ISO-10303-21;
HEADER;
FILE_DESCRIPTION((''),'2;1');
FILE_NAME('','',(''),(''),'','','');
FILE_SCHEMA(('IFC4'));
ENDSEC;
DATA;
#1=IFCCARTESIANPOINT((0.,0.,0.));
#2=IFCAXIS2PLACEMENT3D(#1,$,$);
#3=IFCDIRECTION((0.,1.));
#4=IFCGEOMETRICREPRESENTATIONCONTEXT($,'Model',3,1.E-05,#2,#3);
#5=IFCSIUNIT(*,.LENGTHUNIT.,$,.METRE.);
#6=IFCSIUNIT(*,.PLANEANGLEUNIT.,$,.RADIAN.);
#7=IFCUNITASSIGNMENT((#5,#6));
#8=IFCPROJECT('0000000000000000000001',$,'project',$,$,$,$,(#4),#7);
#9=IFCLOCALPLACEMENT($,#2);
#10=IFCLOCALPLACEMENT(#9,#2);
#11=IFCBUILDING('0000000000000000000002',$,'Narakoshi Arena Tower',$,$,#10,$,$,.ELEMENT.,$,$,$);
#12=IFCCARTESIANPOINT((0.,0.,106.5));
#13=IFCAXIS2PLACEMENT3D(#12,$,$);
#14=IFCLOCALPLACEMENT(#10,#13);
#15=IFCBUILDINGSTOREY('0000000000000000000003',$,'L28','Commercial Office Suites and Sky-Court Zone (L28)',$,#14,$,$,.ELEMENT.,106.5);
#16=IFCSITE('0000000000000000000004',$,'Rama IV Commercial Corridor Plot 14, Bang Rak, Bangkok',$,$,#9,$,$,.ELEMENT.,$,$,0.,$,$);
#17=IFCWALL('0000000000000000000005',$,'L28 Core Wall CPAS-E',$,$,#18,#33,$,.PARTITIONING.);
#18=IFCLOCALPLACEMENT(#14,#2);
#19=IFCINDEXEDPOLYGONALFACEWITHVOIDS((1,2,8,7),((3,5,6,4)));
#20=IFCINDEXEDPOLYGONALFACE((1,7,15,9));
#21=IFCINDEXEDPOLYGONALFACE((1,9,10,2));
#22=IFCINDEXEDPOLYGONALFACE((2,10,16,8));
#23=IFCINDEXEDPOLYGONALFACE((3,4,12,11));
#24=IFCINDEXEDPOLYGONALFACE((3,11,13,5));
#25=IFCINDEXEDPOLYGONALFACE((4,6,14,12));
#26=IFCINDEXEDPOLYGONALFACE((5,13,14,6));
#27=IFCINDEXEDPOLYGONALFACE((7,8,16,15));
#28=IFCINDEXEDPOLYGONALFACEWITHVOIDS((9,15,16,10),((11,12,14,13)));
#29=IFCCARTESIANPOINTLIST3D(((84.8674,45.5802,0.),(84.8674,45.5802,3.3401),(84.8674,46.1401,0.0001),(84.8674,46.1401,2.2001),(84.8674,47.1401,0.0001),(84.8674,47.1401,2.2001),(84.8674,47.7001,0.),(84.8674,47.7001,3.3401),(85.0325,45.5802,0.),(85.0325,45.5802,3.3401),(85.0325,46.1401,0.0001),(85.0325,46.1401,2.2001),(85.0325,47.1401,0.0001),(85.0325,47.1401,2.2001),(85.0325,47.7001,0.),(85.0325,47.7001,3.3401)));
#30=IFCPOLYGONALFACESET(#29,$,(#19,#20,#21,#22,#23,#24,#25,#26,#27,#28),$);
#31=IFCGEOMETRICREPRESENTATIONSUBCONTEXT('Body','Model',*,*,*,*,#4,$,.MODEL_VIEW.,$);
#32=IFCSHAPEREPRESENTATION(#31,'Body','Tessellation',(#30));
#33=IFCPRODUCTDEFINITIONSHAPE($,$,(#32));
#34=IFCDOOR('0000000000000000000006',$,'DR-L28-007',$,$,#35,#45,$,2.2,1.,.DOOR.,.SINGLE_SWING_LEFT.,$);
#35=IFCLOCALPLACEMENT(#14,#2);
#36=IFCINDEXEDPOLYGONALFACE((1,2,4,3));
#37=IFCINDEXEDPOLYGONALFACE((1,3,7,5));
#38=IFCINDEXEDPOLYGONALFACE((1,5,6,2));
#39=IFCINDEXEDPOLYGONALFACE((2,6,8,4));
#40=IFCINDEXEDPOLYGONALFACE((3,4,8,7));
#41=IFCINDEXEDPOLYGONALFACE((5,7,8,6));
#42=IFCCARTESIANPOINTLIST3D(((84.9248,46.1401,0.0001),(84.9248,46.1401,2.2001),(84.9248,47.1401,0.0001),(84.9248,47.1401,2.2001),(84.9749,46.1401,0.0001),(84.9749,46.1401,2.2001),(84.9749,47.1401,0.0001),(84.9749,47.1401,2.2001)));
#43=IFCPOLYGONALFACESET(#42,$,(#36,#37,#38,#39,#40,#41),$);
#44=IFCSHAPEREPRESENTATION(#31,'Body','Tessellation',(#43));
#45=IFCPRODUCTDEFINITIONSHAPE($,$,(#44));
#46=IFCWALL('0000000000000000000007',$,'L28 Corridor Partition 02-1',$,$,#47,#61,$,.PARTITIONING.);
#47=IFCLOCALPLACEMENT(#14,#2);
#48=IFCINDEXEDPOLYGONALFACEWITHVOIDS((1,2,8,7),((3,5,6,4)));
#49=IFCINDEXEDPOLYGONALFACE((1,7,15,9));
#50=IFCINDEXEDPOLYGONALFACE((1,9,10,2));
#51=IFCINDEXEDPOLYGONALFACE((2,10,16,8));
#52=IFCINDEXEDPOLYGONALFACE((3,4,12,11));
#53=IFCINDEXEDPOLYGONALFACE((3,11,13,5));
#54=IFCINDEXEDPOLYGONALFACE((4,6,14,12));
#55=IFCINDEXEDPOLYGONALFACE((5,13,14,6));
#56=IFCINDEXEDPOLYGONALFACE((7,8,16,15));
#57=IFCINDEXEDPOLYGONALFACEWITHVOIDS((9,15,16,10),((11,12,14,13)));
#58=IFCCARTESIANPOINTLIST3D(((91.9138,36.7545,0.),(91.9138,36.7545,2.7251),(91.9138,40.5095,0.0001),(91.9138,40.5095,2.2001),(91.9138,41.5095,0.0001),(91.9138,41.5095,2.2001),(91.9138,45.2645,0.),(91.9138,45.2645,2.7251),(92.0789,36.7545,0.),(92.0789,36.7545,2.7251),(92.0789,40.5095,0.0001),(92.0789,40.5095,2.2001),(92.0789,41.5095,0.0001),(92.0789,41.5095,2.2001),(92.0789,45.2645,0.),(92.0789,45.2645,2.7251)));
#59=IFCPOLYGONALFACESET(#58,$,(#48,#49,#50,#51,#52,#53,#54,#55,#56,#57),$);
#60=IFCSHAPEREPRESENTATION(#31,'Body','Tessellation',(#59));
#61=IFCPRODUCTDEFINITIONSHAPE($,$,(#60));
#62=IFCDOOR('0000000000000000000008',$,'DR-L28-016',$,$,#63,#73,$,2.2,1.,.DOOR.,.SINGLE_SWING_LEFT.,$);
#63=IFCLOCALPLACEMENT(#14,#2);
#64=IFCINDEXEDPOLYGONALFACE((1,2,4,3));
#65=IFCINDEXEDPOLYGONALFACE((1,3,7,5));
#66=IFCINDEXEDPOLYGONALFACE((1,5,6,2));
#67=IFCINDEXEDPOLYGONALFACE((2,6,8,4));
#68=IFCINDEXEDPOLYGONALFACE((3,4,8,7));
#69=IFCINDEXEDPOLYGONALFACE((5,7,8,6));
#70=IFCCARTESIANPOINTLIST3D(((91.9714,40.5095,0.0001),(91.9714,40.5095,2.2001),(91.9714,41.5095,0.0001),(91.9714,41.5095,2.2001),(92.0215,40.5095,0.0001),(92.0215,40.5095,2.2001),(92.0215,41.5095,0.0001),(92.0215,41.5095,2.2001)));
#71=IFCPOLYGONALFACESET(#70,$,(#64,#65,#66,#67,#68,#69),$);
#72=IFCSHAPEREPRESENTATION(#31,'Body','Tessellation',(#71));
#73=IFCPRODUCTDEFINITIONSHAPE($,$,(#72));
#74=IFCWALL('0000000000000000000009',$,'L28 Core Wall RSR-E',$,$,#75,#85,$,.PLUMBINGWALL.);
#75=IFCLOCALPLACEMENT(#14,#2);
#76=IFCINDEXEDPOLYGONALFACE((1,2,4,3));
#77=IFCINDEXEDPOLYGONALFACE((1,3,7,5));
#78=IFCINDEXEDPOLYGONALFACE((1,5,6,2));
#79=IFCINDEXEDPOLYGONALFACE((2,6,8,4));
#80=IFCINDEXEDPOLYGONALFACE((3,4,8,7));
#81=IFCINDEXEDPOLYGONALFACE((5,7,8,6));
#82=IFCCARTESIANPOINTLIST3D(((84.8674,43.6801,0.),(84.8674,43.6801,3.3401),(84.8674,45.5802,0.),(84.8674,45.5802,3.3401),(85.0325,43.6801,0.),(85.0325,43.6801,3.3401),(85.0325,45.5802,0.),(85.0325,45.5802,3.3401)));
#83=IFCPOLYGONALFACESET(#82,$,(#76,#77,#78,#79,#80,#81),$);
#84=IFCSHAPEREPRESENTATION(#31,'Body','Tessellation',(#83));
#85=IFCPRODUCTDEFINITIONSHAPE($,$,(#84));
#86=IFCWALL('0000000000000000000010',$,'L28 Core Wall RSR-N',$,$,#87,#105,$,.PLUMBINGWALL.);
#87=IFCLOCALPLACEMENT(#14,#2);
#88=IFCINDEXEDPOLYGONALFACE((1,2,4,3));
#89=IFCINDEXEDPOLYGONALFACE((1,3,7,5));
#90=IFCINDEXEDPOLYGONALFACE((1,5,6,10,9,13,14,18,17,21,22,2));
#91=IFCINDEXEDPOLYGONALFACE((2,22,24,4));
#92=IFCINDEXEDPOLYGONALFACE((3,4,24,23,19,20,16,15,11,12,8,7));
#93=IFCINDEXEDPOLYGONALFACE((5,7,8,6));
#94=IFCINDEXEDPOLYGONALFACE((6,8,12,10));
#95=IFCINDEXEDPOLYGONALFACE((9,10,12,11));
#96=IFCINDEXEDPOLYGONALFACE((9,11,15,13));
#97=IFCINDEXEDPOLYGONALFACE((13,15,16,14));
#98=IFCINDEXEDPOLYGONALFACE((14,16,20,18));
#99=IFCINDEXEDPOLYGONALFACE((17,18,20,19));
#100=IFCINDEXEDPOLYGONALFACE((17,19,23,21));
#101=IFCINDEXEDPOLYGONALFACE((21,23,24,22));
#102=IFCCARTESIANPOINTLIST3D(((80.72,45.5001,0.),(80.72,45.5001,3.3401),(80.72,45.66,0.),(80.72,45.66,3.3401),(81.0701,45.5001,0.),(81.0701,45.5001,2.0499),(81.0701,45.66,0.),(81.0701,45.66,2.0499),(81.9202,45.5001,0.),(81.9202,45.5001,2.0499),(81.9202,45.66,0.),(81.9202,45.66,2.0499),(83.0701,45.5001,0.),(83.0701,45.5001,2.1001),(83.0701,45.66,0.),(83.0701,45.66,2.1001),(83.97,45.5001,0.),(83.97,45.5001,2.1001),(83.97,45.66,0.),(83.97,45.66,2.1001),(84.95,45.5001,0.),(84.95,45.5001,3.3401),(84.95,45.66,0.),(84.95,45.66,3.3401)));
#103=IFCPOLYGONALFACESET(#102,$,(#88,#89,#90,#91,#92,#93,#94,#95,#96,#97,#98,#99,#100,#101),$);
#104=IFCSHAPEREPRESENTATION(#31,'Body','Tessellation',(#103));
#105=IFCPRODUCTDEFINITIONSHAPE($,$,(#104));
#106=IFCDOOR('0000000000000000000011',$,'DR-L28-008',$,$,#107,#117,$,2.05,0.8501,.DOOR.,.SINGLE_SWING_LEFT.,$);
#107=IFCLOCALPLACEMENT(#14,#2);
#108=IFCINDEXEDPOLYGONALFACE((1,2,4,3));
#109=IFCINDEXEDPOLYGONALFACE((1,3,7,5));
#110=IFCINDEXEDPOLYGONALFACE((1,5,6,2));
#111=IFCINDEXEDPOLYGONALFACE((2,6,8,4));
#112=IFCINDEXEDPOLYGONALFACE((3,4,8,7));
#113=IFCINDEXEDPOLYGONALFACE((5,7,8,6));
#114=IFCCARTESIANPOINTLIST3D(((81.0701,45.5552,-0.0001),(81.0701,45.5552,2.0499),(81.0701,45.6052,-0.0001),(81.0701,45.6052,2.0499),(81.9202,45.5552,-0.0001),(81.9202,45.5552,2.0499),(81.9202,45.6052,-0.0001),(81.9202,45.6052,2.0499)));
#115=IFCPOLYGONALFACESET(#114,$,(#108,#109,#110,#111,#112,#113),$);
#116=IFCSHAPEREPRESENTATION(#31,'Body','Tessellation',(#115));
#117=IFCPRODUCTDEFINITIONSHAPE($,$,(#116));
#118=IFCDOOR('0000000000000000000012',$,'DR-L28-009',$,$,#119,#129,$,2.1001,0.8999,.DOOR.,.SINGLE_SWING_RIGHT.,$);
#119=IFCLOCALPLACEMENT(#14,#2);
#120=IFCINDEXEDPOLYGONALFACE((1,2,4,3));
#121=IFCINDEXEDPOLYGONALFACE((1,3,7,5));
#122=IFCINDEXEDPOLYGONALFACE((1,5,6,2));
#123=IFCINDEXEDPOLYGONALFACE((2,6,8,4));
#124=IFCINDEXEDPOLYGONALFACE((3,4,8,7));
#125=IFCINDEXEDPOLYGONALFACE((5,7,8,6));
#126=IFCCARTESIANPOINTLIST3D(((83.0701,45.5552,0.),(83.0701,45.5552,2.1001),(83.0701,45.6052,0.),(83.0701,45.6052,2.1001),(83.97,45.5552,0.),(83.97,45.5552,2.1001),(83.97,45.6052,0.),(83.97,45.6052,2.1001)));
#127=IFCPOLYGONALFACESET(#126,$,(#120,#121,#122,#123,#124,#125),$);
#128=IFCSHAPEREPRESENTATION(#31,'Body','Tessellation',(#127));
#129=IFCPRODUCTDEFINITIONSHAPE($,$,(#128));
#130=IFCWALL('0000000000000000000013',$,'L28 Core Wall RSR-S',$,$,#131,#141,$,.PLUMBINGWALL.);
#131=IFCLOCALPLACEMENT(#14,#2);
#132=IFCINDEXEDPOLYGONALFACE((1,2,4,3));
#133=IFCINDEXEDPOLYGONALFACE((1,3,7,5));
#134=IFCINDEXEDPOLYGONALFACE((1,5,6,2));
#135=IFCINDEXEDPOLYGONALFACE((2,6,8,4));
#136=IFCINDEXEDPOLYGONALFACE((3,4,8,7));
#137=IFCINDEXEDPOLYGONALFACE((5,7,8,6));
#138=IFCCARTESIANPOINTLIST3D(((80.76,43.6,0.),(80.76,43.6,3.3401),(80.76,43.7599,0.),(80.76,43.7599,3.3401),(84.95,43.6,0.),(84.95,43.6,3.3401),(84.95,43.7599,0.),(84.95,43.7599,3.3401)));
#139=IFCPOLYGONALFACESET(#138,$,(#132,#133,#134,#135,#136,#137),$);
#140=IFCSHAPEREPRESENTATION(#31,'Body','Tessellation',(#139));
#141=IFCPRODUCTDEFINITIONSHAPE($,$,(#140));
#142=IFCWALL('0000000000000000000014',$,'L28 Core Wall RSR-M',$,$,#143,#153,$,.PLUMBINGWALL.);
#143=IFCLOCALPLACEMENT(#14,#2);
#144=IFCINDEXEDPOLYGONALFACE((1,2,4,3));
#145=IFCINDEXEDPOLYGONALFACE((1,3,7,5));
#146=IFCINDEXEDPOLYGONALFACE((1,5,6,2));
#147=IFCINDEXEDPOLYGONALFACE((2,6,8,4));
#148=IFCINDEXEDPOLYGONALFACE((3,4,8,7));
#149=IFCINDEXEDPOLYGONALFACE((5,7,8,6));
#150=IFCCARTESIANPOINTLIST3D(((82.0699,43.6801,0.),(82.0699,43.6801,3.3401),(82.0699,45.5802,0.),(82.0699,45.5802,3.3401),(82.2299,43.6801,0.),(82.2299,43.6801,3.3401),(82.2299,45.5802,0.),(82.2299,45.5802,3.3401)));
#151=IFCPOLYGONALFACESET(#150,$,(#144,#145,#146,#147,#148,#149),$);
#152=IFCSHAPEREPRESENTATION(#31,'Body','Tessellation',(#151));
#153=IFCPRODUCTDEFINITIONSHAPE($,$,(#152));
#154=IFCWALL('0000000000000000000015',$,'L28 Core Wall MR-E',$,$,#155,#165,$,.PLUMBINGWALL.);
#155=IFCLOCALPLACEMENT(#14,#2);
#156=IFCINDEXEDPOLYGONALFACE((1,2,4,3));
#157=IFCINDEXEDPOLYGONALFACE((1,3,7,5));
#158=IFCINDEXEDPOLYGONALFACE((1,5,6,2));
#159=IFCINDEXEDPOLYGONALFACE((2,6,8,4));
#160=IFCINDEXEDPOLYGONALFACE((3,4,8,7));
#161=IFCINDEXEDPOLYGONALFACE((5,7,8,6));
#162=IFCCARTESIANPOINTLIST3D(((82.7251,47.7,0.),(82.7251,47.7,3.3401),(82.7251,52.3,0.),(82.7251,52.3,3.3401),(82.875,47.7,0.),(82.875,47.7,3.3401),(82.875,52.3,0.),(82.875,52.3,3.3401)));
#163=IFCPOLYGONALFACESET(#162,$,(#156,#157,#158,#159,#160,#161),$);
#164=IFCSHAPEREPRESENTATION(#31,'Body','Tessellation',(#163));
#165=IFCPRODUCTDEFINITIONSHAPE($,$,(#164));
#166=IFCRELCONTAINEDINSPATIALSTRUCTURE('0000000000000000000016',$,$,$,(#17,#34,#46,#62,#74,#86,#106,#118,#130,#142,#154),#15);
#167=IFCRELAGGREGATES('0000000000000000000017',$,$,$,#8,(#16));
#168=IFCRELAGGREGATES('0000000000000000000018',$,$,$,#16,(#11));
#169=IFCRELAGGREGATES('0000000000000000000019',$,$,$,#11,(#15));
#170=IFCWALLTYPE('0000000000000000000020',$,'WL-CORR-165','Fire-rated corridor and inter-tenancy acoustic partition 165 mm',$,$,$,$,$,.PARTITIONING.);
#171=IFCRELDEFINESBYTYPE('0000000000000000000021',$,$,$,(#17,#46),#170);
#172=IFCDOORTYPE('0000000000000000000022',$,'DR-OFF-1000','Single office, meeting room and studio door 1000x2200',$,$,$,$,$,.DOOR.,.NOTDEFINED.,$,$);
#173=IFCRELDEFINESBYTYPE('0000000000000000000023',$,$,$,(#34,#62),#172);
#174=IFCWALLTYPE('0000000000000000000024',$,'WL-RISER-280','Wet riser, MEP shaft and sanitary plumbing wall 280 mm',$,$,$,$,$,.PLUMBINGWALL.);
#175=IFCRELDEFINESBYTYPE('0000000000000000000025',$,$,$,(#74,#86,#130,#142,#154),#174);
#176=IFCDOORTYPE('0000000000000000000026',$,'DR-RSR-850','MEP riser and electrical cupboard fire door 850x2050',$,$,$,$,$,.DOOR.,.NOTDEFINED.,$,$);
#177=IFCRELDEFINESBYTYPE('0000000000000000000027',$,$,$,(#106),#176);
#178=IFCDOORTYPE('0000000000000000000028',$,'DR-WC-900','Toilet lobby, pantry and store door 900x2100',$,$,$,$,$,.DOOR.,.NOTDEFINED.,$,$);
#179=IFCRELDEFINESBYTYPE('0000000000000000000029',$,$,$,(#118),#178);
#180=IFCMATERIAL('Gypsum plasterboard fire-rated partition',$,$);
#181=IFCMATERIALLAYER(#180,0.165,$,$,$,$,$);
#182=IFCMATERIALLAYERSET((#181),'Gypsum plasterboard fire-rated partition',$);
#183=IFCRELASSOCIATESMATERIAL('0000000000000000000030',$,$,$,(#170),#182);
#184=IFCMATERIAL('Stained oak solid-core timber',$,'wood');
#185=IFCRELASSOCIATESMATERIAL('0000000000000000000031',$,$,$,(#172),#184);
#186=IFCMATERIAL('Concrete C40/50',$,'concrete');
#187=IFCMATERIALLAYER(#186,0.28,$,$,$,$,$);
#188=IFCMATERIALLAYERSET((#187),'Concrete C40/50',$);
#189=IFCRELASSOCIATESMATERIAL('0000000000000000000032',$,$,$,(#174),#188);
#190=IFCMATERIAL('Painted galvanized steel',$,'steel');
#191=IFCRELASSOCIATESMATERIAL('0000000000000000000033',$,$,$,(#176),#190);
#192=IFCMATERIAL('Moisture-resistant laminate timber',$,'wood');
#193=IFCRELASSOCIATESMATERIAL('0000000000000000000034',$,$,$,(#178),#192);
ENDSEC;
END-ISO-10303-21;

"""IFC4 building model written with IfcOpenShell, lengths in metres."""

from ifc_helpers import new_model, si_unit, direction, frame, frame_2d, origin, place, context, subcontext, project, spatial, rectangle, extrude, material, layer, layer_set, type_object, element, fill, save


model = new_model("IFC4")

# Units and contexts
model_context = context("Model", 3, precision=1e-05, world=origin(), true_north=direction((0.0, 1.0)))
body_context = subcontext(model_context, "Body", "Model", "MODEL_VIEW")
ifc_project = project(units=[si_unit("LENGTHUNIT", "METRE"), si_unit("PLANEANGLEUNIT", "RADIAN")], contexts=[model_context])

# Site, building, storey
site_placement = place(None, origin())
site = spatial("IfcSite", under=ifc_project, at=site_placement, Name="Rama IV Commercial Corridor Plot 14, Bang Rak, Bangkok", CompositionType="ELEMENT", RefElevation=0.0)
building_placement = place(site_placement, origin())
building = spatial("IfcBuilding", under=site, at=building_placement, Name="Narakoshi Arena Tower", CompositionType="ELEMENT")
storey_placement = place(building_placement, frame((0.0, 0.0, 106.5)))
storey = spatial("IfcBuildingStorey", under=building, at=storey_placement, Name="L28", Description="Commercial Office Suites and Sky-Court Zone (L28)", CompositionType="ELEMENT", Elevation=106.5)

# Walls, openings, doors
ifc_material_1 = material(Name="Gypsum plasterboard fire-rated partition")
ifc_layer_1 = layer(ifc_material_1, 0.165)
ifc_layer_set_1 = layer_set([ifc_layer_1], Name="Gypsum plasterboard fire-rated partition")
wall_type_1 = type_object("IfcWallType", Name="WL-CORR-165", Description="Fire-rated corridor and inter-tenancy acoustic partition 165 mm", PredefinedType="PARTITIONING", material=ifc_layer_set_1)
wall_1_placement = place(storey_placement, frame((84.95, 45.5801, 0.0), z_axis=(0.0, 0.0, 1.0), x_axis=(0.0, 1.0, 0.0)))
wall_1 = element("IfcWall", 1, at=wall_1_placement, inside=storey, type_object=wall_type_1, Name="L28 Core Wall CPAS-E", PredefinedType="PARTITIONING", context=body_context, shape_type="SweptSolid", body=[
    extrude(rectangle(XDim=2.1199, YDim=0.165, at=frame_2d((1.0601, 0.0))), origin(), (0.0, 0.0, 1.0), 3.3401),
])
opening_1_placement = place(wall_1_placement, frame((0.5601, 0.0, 0.0)))
opening_1 = element("IfcOpeningElement", 2, at=opening_1_placement, cuts=wall_1, PredefinedType="OPENING", context=body_context, shape_type="SweptSolid", body=[
    extrude(rectangle(XDim=1.0, YDim=2.2, at=frame_2d((0.5, 1.1001))), frame((0.0, 0.0925, 0.0), z_axis=(0.0, -1.0, 0.0), x_axis=(1.0, 0.0, 0.0)), (0.0, 0.0, 1.0), 0.1851),
])
ifc_material_2 = material(Name="Stained oak solid-core timber", Category="wood")
door_type_1 = type_object("IfcDoorType", Name="DR-OFF-1000", Description="Single office, meeting room and studio door 1000x2200", OperationType="NOTDEFINED", PredefinedType="DOOR", material=ifc_material_2)
door_1_placement = place(opening_1_placement, frame((1.0, 0.0, 0.0), z_axis=(0.0, 0.0, 1.0), x_axis=(-1.0, 0.0, 0.0)))
door_1 = element("IfcDoor", 3, at=door_1_placement, inside=storey, type_object=door_type_1, Name="DR-L28-007", OperationType="SINGLE_SWING_LEFT", OverallHeight=2.2, OverallWidth=1.0, PredefinedType="DOOR", context=body_context, shape_type="SweptSolid", body=[
    extrude(rectangle(XDim=1.0, YDim=2.2, at=frame_2d((0.5, 1.1001))), frame((0.0, 0.0249, 0.0), z_axis=(0.0, -1.0, 0.0), x_axis=(1.0, 0.0, 0.0)), (0.0, 0.0, 1.0), 0.05),
])
fill(opening_1, door_1)
wall_2_placement = place(storey_placement, frame((91.9963, 45.2644, 0.0), z_axis=(0.0, 0.0, 1.0), x_axis=(0.0, -1.0, 0.0)))
wall_2 = element("IfcWall", 4, at=wall_2_placement, inside=storey, type_object=wall_type_1, Name="L28 Corridor Partition 02-1", PredefinedType="PARTITIONING", context=body_context, shape_type="SweptSolid", body=[
    extrude(rectangle(XDim=8.51, YDim=0.165, at=frame_2d((4.2549, 0.0))), origin(), (0.0, 0.0, 1.0), 2.7251),
])
opening_2_placement = place(wall_2_placement, frame((3.7549, 0.0, 0.0)))
opening_2 = element("IfcOpeningElement", 5, at=opening_2_placement, cuts=wall_2, PredefinedType="OPENING", context=body_context, shape_type="SweptSolid", body=[
    extrude(rectangle(XDim=1.0, YDim=2.2, at=frame_2d((0.5, 1.1001))), frame((0.0, 0.0925, 0.0), z_axis=(0.0, -1.0, 0.0), x_axis=(1.0, 0.0, 0.0)), (0.0, 0.0, 1.0), 0.1851),
])
door_2_placement = place(opening_2_placement, frame((1.0, 0.0, 0.0), z_axis=(0.0, 0.0, 1.0), x_axis=(-1.0, 0.0, 0.0)))
door_2 = element("IfcDoor", 6, at=door_2_placement, inside=storey, type_object=door_type_1, Name="DR-L28-016", OperationType="SINGLE_SWING_LEFT", OverallHeight=2.2, OverallWidth=1.0, PredefinedType="DOOR", context=body_context, shape_type="SweptSolid", body=[
    extrude(rectangle(XDim=1.0, YDim=2.2, at=frame_2d((0.5, 1.1001))), frame((0.0, 0.0249, 0.0), z_axis=(0.0, -1.0, 0.0), x_axis=(1.0, 0.0, 0.0)), (0.0, 0.0, 1.0), 0.05),
])
fill(opening_2, door_2)

# Wall
ifc_material_3 = material(Name="Concrete C40/50", Category="concrete")
ifc_layer_2 = layer(ifc_material_3, 0.28)
ifc_layer_set_2 = layer_set([ifc_layer_2], Name="Concrete C40/50")
wall_type_2 = type_object("IfcWallType", Name="WL-RISER-280", Description="Wet riser, MEP shaft and sanitary plumbing wall 280 mm", PredefinedType="PLUMBINGWALL", material=ifc_layer_set_2)
wall_3_placement = place(storey_placement, frame((84.95, 43.6799, 0.0), z_axis=(0.0, 0.0, 1.0), x_axis=(0.0, 1.0, 0.0)))
element("IfcWall", 7, at=wall_3_placement, inside=storey, type_object=wall_type_2, Name="L28 Core Wall RSR-E", PredefinedType="PLUMBINGWALL", context=body_context, shape_type="SweptSolid", body=[
    extrude(rectangle(XDim=1.9001, YDim=0.165, at=frame_2d((0.9502, 0.0))), origin(), (0.0, 0.0, 1.0), 3.3401),
])

# Wall, openings, doors
wall_4_placement = place(storey_placement, frame((80.72, 45.5801, 0.0), z_axis=(0.0, 0.0, 1.0), x_axis=(1.0, 0.0, 0.0)))
wall_4 = element("IfcWall", 8, at=wall_4_placement, inside=storey, type_object=wall_type_2, Name="L28 Core Wall RSR-N", PredefinedType="PLUMBINGWALL", context=body_context, shape_type="SweptSolid", body=[
    extrude(rectangle(XDim=4.23, YDim=0.1599, at=frame_2d((2.115, 0.0))), origin(), (0.0, 0.0, 1.0), 3.3401),
])
opening_3_placement = place(wall_4_placement, frame((0.3501, 0.0, 0.0)))
opening_3 = element("IfcOpeningElement", 9, at=opening_3_placement, cuts=wall_4, PredefinedType="OPENING", context=body_context, shape_type="SweptSolid", body=[
    extrude(rectangle(XDim=0.8501, YDim=2.05, at=frame_2d((0.425, 1.0249))), frame((0.0, 0.0898, 0.0), z_axis=(0.0, -1.0, 0.0), x_axis=(1.0, 0.0, 0.0)), (0.0, 0.0, 1.0), 0.1799),
])
opening_4_placement = place(wall_4_placement, frame((2.3501, 0.0, 0.0)))
opening_4 = element("IfcOpeningElement", 10, at=opening_4_placement, cuts=wall_4, PredefinedType="OPENING", context=body_context, shape_type="SweptSolid", body=[
    extrude(rectangle(XDim=0.8999, YDim=2.1001, at=frame_2d((0.45, 1.05))), frame((0.0, 0.0898, 0.0), z_axis=(0.0, -1.0, 0.0), x_axis=(1.0, 0.0, 0.0)), (0.0, 0.0, 1.0), 0.1799),
])
ifc_material_4 = material(Name="Painted galvanized steel", Category="steel")
door_type_2 = type_object("IfcDoorType", Name="DR-RSR-850", Description="MEP riser and electrical cupboard fire door 850x2050", OperationType="NOTDEFINED", PredefinedType="DOOR", material=ifc_material_4)
door_3_placement = place(opening_3_placement, frame((0.8501, 0.0, 0.0), z_axis=(0.0, 0.0, 1.0), x_axis=(-1.0, 0.0, 0.0)))
door_3 = element("IfcDoor", 11, at=door_3_placement, inside=storey, type_object=door_type_2, Name="DR-L28-008", OperationType="SINGLE_SWING_LEFT", OverallHeight=2.05, OverallWidth=0.8501, PredefinedType="DOOR", context=body_context, shape_type="SweptSolid", body=[
    extrude(rectangle(XDim=0.8501, YDim=2.05, at=frame_2d((0.425, 1.0249))), frame((0.0, 0.0249, 0.0), z_axis=(0.0, -1.0, 0.0), x_axis=(1.0, 0.0, 0.0)), (0.0, 0.0, 1.0), 0.05),
])
fill(opening_3, door_3)
ifc_material_5 = material(Name="Moisture-resistant laminate timber", Category="wood")
door_type_3 = type_object("IfcDoorType", Name="DR-WC-900", Description="Toilet lobby, pantry and store door 900x2100", OperationType="NOTDEFINED", PredefinedType="DOOR", material=ifc_material_5)
door_4_placement = place(opening_4_placement, frame((0.8999, 0.0, 0.0), z_axis=(0.0, 0.0, 1.0), x_axis=(-1.0, 0.0, 0.0)))
door_4 = element("IfcDoor", 12, at=door_4_placement, inside=storey, type_object=door_type_3, Name="DR-L28-009", OperationType="SINGLE_SWING_RIGHT", OverallHeight=2.1001, OverallWidth=0.8999, PredefinedType="DOOR", context=body_context, shape_type="SweptSolid", body=[
    extrude(rectangle(XDim=0.8999, YDim=2.1001, at=frame_2d((0.45, 1.05))), frame((0.0, 0.0249, 0.0), z_axis=(0.0, -1.0, 0.0), x_axis=(1.0, 0.0, 0.0)), (0.0, 0.0, 1.0), 0.05),
])
fill(opening_4, door_4)

# Walls
wall_5_placement = place(storey_placement, frame((80.76, 43.6799, 0.0), z_axis=(0.0, 0.0, 1.0), x_axis=(1.0, 0.0, 0.0)))
element("IfcWall", 13, at=wall_5_placement, inside=storey, type_object=wall_type_2, Name="L28 Core Wall RSR-S", PredefinedType="PLUMBINGWALL", context=body_context, shape_type="SweptSolid", body=[
    extrude(rectangle(XDim=4.1899, YDim=0.1599, at=frame_2d((2.095, 0.0))), origin(), (0.0, 0.0, 1.0), 3.3401),
])
wall_6_placement = place(storey_placement, frame((82.1499, 43.6799, 0.0), z_axis=(0.0, 0.0, 1.0), x_axis=(0.0, 1.0, 0.0)))
element("IfcWall", 14, at=wall_6_placement, inside=storey, type_object=wall_type_2, Name="L28 Core Wall RSR-M", PredefinedType="PLUMBINGWALL", context=body_context, shape_type="SweptSolid", body=[
    extrude(rectangle(XDim=1.9001, YDim=0.1599, at=frame_2d((0.9502, 0.0))), origin(), (0.0, 0.0, 1.0), 3.3401),
])
wall_7_placement = place(storey_placement, frame((82.8, 47.7, 0.0), z_axis=(0.0, 0.0, 1.0), x_axis=(0.0, 1.0, 0.0)))
element("IfcWall", 15, at=wall_7_placement, inside=storey, type_object=wall_type_2, Name="L28 Core Wall MR-E", PredefinedType="PLUMBINGWALL", context=body_context, shape_type="SweptSolid", body=[
    extrude(rectangle(XDim=4.6001, YDim=0.1499, at=frame_2d((2.3, 0.0))), origin(), (0.0, 0.0, 1.0), 3.3401),
])

save(model, "model.ifc")
